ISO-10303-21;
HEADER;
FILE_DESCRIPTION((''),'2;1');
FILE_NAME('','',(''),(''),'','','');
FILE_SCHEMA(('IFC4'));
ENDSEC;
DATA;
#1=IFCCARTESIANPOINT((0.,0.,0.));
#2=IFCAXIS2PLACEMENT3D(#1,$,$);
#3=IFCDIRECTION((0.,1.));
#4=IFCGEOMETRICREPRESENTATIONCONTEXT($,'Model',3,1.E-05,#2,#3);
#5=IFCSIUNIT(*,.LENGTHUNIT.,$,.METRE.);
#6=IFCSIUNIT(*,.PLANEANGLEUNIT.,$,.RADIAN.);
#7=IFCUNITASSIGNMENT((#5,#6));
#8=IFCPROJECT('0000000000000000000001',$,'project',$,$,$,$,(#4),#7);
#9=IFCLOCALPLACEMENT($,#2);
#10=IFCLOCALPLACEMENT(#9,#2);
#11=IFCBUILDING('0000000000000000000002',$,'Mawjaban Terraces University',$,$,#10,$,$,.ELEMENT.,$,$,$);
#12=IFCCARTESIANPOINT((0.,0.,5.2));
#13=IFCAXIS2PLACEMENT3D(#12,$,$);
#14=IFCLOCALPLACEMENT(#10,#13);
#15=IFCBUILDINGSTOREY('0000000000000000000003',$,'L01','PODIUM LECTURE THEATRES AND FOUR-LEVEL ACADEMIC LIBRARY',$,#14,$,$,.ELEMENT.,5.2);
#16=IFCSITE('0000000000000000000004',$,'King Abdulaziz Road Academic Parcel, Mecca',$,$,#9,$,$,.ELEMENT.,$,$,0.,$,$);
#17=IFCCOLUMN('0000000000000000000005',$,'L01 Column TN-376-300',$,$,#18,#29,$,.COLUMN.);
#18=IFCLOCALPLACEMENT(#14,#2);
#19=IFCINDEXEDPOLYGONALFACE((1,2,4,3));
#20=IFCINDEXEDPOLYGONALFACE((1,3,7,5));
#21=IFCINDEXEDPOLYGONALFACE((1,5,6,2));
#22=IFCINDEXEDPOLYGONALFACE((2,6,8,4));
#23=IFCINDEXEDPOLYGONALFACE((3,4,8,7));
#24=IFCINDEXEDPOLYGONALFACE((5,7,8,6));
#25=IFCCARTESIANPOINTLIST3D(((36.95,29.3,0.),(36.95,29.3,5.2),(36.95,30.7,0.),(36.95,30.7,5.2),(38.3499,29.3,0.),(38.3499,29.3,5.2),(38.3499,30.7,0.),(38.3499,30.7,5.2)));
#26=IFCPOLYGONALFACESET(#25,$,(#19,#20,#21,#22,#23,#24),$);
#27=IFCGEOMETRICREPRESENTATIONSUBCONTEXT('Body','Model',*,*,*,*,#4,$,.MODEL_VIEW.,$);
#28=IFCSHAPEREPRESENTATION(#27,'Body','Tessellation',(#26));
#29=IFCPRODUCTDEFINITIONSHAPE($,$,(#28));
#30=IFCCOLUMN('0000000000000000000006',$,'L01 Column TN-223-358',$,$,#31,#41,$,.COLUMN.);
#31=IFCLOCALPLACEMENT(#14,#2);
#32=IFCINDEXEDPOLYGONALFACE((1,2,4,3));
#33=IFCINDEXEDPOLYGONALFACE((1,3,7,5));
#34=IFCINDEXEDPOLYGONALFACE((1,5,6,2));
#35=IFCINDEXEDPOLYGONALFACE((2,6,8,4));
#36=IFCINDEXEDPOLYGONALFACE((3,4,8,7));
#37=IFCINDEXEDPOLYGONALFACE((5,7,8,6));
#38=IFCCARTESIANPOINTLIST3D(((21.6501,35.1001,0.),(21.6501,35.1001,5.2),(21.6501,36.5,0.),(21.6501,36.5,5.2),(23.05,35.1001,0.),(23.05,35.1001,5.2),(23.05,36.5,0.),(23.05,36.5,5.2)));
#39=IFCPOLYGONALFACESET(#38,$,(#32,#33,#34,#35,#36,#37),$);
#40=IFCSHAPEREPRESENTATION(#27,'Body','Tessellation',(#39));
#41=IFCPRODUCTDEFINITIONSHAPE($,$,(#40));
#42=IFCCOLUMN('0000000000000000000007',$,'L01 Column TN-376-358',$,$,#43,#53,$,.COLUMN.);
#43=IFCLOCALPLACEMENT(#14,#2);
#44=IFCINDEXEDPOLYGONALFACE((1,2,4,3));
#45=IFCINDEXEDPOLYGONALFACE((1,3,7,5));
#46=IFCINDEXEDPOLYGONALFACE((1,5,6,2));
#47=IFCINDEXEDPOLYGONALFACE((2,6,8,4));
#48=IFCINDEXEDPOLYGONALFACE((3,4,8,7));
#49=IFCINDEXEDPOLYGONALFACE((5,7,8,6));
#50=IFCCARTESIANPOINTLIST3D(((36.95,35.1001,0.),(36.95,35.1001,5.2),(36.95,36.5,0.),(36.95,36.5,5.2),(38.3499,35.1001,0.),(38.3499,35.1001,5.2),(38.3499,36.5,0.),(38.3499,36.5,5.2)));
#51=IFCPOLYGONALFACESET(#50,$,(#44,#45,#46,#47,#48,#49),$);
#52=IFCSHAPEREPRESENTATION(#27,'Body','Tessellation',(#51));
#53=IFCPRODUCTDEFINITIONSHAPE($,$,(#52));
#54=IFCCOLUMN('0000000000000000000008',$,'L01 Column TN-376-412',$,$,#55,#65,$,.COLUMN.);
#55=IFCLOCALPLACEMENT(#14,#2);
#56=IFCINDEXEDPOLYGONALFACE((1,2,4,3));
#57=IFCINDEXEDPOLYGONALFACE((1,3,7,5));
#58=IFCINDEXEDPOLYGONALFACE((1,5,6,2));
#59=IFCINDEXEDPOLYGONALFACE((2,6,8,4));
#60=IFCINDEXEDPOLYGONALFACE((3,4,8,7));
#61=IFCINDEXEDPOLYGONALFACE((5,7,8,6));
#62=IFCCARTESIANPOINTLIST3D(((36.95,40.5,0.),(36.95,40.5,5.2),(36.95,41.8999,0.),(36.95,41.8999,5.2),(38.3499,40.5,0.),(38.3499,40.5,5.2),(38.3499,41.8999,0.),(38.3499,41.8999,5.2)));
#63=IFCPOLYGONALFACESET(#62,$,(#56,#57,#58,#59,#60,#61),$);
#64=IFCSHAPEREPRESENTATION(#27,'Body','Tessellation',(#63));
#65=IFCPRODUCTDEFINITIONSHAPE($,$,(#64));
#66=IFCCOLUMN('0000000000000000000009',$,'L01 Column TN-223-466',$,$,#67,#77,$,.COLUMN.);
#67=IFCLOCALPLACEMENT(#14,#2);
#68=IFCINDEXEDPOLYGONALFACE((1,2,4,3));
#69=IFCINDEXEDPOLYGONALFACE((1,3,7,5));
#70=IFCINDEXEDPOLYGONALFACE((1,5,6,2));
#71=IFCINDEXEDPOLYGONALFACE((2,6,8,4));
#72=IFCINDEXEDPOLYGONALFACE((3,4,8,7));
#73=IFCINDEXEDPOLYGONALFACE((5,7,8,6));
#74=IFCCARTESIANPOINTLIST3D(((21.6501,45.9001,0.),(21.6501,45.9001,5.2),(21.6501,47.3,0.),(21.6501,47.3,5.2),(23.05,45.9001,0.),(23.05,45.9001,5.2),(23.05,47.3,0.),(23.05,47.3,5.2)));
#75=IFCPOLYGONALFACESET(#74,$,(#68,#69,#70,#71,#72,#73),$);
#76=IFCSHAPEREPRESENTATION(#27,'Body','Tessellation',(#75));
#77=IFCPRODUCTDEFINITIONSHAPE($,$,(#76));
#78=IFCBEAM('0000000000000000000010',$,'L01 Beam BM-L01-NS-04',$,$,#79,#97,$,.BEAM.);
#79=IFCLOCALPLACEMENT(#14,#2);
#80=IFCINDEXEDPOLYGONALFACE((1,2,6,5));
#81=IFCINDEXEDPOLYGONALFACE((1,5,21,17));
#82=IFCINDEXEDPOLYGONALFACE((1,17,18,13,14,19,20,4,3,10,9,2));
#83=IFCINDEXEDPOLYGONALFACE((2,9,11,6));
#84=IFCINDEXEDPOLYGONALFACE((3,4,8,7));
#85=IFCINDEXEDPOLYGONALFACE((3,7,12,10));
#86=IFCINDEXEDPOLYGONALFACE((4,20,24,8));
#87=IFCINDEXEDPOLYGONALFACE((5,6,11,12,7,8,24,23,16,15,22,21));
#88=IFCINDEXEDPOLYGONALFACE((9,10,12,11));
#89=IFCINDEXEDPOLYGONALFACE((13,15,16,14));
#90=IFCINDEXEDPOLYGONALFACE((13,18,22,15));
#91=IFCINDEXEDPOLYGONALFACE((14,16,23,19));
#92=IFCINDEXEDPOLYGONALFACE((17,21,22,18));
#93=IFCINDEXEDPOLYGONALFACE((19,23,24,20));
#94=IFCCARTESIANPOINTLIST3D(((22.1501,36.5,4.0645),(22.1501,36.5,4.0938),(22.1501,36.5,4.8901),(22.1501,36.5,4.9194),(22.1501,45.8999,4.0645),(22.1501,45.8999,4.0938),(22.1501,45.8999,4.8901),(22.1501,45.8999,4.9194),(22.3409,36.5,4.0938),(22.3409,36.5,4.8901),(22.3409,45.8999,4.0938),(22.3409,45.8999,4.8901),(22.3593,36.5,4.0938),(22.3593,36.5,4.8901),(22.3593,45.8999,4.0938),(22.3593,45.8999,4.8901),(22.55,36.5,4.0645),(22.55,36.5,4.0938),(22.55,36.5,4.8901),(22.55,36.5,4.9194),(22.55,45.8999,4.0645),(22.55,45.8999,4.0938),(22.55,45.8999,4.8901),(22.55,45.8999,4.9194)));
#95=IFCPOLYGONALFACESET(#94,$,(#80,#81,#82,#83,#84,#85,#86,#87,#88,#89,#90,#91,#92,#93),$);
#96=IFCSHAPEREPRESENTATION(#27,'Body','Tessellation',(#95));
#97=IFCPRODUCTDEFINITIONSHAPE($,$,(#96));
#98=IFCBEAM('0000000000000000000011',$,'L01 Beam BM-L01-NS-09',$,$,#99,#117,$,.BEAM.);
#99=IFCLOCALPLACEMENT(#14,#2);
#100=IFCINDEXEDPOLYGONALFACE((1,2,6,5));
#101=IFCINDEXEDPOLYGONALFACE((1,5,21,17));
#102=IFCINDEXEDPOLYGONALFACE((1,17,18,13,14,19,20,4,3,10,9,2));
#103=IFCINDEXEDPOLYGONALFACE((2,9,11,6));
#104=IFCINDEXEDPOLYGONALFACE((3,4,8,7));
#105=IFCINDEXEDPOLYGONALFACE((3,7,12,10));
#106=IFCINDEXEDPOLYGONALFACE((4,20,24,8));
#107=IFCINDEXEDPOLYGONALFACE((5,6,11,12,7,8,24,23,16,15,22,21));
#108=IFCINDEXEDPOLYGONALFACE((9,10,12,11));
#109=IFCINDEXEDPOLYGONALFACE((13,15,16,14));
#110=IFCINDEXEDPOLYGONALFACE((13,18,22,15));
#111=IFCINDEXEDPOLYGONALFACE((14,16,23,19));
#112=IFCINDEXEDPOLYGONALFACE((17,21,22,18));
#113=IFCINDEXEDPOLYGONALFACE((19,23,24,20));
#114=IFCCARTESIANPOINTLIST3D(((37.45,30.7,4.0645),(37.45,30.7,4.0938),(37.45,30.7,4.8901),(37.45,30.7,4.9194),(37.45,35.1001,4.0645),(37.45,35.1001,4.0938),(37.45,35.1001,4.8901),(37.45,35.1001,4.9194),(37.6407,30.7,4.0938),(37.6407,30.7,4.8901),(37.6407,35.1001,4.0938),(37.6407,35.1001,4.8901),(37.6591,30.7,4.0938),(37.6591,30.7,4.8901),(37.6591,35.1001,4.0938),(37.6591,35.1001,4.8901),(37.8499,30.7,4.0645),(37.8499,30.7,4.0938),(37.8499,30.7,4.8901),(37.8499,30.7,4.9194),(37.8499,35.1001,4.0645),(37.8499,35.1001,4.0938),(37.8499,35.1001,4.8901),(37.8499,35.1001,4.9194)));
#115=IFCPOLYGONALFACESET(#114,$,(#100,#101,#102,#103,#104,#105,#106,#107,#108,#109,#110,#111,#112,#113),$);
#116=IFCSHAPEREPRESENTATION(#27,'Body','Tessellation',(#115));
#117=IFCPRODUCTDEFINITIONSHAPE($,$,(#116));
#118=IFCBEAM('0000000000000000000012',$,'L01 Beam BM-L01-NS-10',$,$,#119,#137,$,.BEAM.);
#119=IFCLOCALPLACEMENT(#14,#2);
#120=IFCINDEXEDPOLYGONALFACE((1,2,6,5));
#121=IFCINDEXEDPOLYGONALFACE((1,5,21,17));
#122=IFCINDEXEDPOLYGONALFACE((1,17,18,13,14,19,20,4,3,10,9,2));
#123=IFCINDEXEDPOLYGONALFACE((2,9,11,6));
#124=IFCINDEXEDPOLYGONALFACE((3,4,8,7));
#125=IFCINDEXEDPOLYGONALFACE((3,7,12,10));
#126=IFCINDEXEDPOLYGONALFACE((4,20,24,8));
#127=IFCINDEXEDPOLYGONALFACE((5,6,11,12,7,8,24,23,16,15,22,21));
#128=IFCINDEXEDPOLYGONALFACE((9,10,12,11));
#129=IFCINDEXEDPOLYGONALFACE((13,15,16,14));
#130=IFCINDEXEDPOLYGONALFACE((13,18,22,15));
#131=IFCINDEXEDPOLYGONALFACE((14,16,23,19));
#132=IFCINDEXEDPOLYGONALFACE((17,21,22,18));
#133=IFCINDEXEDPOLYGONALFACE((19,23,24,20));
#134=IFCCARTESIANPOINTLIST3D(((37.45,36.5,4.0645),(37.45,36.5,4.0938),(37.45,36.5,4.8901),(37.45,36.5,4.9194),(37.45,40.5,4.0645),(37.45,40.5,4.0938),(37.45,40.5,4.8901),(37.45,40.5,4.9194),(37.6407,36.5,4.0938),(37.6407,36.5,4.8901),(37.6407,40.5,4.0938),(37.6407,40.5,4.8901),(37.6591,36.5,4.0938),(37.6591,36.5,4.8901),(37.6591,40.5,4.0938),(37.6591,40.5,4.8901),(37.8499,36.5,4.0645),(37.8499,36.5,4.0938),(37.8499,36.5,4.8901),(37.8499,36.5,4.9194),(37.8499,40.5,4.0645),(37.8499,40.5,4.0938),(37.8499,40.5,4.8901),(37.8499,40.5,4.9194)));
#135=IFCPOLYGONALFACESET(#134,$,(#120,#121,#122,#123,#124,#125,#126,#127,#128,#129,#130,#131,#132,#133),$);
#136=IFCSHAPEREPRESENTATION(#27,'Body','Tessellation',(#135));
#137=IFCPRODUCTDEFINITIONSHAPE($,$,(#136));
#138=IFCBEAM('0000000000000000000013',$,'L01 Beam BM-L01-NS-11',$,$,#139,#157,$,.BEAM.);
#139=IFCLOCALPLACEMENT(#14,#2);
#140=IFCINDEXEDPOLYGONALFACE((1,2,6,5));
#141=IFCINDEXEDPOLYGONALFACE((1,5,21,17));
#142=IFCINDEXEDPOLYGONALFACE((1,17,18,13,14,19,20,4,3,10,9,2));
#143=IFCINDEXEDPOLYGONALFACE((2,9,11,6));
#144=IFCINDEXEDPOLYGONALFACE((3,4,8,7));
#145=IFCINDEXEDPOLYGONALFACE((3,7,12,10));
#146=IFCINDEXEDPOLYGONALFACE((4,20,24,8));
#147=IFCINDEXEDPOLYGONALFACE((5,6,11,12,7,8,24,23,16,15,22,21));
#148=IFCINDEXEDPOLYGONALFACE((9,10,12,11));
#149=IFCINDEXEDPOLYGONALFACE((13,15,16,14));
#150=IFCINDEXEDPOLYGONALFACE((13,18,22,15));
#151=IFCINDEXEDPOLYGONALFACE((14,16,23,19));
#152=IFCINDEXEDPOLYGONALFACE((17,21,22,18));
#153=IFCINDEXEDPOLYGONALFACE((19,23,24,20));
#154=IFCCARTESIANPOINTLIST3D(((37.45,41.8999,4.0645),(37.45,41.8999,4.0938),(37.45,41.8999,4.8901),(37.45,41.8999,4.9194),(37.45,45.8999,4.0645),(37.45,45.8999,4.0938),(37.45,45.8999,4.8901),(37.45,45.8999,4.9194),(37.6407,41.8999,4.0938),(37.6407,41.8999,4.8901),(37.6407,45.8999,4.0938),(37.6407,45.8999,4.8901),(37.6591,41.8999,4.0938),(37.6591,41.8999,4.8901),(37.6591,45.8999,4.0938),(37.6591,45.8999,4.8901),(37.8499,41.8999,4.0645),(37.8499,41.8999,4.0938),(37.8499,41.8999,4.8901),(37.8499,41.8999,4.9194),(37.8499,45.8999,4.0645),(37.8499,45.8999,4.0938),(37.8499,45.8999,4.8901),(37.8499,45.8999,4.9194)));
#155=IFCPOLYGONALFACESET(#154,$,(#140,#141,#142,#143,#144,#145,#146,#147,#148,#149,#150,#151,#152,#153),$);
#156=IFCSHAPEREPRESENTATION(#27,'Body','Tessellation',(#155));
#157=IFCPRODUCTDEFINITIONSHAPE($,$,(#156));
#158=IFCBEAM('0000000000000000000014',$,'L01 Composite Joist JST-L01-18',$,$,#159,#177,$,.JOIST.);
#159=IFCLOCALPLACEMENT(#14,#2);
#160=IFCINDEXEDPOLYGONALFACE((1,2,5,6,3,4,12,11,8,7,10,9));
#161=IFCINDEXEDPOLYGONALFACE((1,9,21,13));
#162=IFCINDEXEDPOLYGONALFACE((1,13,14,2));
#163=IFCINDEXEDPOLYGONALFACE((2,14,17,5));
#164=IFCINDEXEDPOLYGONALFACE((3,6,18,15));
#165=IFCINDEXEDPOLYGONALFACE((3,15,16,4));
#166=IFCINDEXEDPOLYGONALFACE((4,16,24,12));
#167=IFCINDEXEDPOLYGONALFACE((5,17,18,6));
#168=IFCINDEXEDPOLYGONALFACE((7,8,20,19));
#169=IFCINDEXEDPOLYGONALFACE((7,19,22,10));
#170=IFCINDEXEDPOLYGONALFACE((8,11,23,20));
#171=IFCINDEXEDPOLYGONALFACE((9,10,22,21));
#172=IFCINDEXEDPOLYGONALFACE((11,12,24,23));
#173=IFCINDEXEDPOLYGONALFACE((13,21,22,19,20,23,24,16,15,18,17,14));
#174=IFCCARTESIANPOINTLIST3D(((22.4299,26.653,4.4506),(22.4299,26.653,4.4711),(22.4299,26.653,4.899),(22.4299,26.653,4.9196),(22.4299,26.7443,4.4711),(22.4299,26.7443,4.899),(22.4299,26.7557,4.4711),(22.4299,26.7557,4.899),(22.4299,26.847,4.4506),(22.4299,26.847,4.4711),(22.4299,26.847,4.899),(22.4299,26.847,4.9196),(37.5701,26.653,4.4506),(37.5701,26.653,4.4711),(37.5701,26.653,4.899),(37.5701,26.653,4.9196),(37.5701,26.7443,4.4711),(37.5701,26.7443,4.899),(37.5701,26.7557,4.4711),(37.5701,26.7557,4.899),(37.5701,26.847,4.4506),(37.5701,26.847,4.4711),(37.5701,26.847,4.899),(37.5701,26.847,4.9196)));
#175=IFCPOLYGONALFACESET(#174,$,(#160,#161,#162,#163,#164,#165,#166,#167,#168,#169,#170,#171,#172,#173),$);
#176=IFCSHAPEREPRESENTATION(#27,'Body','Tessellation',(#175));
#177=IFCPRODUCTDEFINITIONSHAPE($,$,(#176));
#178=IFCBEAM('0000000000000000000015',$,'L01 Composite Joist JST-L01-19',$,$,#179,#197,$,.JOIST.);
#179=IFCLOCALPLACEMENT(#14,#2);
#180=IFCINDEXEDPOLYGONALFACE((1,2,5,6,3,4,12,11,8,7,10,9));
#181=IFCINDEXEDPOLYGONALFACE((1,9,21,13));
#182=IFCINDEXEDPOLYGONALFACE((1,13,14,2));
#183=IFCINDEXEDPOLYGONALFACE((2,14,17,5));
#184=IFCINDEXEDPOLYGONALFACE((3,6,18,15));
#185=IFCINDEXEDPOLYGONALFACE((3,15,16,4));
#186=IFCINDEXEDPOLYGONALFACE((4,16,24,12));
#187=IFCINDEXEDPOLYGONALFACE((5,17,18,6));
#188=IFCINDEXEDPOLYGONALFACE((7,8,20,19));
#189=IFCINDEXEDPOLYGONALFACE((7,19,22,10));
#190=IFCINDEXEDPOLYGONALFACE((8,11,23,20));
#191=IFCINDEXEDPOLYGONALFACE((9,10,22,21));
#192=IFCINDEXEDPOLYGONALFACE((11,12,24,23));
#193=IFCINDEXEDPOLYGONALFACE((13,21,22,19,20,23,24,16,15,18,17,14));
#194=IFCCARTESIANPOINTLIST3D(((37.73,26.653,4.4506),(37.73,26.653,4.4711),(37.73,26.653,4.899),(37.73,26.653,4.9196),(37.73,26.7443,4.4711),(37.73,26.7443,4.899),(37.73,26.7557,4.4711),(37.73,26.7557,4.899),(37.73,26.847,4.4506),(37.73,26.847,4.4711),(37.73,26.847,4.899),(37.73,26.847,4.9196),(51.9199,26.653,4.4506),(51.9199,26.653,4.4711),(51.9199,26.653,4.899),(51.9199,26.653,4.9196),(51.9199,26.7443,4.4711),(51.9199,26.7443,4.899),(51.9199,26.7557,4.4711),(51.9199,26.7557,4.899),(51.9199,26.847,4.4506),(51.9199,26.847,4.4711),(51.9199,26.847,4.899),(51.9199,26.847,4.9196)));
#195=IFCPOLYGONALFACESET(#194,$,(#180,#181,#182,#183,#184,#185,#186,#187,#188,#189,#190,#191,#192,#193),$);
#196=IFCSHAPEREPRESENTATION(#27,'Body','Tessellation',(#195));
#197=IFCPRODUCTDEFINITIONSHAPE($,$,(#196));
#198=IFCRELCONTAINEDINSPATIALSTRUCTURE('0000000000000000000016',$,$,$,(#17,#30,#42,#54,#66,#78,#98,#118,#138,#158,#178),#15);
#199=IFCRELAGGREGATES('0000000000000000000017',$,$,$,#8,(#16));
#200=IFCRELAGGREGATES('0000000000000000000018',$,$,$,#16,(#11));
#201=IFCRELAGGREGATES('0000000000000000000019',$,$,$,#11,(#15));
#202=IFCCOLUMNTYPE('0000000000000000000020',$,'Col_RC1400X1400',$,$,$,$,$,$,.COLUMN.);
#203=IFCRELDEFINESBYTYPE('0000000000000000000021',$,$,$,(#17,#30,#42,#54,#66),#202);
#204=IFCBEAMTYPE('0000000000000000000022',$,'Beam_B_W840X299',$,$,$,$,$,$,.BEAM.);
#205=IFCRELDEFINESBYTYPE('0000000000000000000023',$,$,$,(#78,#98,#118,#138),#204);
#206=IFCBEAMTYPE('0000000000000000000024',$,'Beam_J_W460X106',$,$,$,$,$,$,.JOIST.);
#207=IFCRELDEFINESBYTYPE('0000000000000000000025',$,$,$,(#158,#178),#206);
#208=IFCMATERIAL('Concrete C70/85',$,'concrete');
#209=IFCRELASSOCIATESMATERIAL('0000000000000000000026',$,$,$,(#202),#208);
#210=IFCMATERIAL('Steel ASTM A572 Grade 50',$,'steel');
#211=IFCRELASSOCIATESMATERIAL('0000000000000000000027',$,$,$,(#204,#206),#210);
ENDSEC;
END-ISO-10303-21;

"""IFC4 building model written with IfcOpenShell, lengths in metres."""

from ifc_helpers import new_model, si_unit, direction, frame, origin, origin_2d, place, context, subcontext, project, spatial, rectangle, i_section, extrude, material, material_profile, profile_set, type_object, element, save


model = new_model("IFC4")

# Units and contexts
model_context = context("Model", 3, precision=1e-05, world=origin(), true_north=direction((0.0, 1.0)))
body_context = subcontext(model_context, "Body", "Model", "MODEL_VIEW")
ifc_project = project(units=[si_unit("LENGTHUNIT", "METRE"), si_unit("PLANEANGLEUNIT", "RADIAN")], contexts=[model_context])

# Site, building, storey
site_placement = place(None, origin())
site = spatial("IfcSite", under=ifc_project, at=site_placement, Name="King Abdulaziz Road Academic Parcel, Mecca", CompositionType="ELEMENT", RefElevation=0.0)
building_placement = place(site_placement, origin())
building = spatial("IfcBuilding", under=site, at=building_placement, Name="Mawjaban Terraces University", CompositionType="ELEMENT")
storey_placement = place(building_placement, frame((0.0, 0.0, 5.2)))
storey = spatial("IfcBuildingStorey", under=building, at=storey_placement, Name="L01", Description="PODIUM LECTURE THEATRES AND FOUR-LEVEL ACADEMIC LIBRARY", CompositionType="ELEMENT", Elevation=5.2)

# Columns
ifc_material_1 = material(Name="Concrete C70/85", Category="concrete")
ifc_material_profile_1 = material_profile(ifc_material_1, rectangle(XDim=1.3999, YDim=1.3999, at=origin_2d()), Name="RC1400X1400")
ifc_profile_set_1 = profile_set([ifc_material_profile_1], Name="Concrete C70/85")
column_type = type_object("IfcColumnType", Name="Col_RC1400X1400", PredefinedType="COLUMN", material=ifc_profile_set_1)
for number, where, z_axis, x_axis, name in (
    (1, (37.6499, 30.0, 0.0), (0.0, 0.0, 1.0), (1.0, 0.0, 0.0), "L01 Column TN-376-300"),
    (2, (22.3501, 35.8, 0.0), (0.0, 0.0, 1.0), (1.0, 0.0, 0.0), "L01 Column TN-223-358"),
    (3, (37.6499, 35.8, 0.0), (0.0, 0.0, 1.0), (1.0, 0.0, 0.0), "L01 Column TN-376-358"),
    (4, (37.6499, 41.2, 0.0), (0.0, 0.0, 1.0), (1.0, 0.0, 0.0), "L01 Column TN-376-412"),
    (5, (22.3501, 46.6001, 0.0), (0.0, 0.0, 1.0), (1.0, 0.0, 0.0), "L01 Column TN-223-466"),
):
    element("IfcColumn", number, at=place(storey_placement, frame(where, z_axis=z_axis, x_axis=x_axis)), inside=storey, type_object=column_type, Name=name, PredefinedType="COLUMN", context=body_context, shape_type="SweptSolid", body=[
        extrude(rectangle(XDim=1.3999, YDim=1.3999, at=origin_2d()), origin(), (0.0, 0.0, 1.0), 5.2),
    ])

# Beams
ifc_material_2 = material(Name="Steel ASTM A572 Grade 50", Category="steel")
ifc_material_profile_2 = material_profile(ifc_material_2, i_section(OverallWidth=0.3999, OverallDepth=0.855, WebThickness=0.0183, FlangeThickness=0.0293, at=origin_2d()), Name="W840X299")
ifc_profile_set_2 = profile_set([ifc_material_profile_2], Name="Steel ASTM A572 Grade 50")
beam_type_1 = type_object("IfcBeamType", Name="Beam_B_W840X299", PredefinedType="BEAM", material=ifc_profile_set_2)
beam_1_placement = place(storey_placement, frame((22.3501, 36.5, 4.4919), z_axis=(0.0, 1.0, 0.0), x_axis=(-1.0, 0.0, 0.0)))
element("IfcBeam", 6, at=beam_1_placement, inside=storey, type_object=beam_type_1, Name="L01 Beam BM-L01-NS-04", PredefinedType="BEAM", context=body_context, shape_type="SweptSolid", body=[
    extrude(i_section(OverallWidth=0.3999, OverallDepth=0.855, WebThickness=0.0183, FlangeThickness=0.0293, at=origin_2d()), origin(), (0.0, 0.0, 1.0), 9.3999),
])
beam_2_placement = place(storey_placement, frame((37.6499, 30.7, 4.4919), z_axis=(0.0, 1.0, 0.0), x_axis=(-1.0, 0.0, 0.0)))
element("IfcBeam", 7, at=beam_2_placement, inside=storey, type_object=beam_type_1, Name="L01 Beam BM-L01-NS-09", PredefinedType="BEAM", context=body_context, shape_type="SweptSolid", body=[
    extrude(i_section(OverallWidth=0.3999, OverallDepth=0.855, WebThickness=0.0183, FlangeThickness=0.0293, at=origin_2d()), origin(), (0.0, 0.0, 1.0), 4.4001),
])
for number, where, z_axis, x_axis, name in (
    (8, (37.6499, 36.5, 4.4919), (0.0, 1.0, 0.0), (-1.0, 0.0, 0.0), "L01 Beam BM-L01-NS-10"),
    (9, (37.6499, 41.8999, 4.4919), (0.0, 1.0, 0.0), (-1.0, 0.0, 0.0), "L01 Beam BM-L01-NS-11"),
):
    element("IfcBeam", number, at=place(storey_placement, frame(where, z_axis=z_axis, x_axis=x_axis)), inside=storey, type_object=beam_type_1, Name=name, PredefinedType="BEAM", context=body_context, shape_type="SweptSolid", body=[
        extrude(i_section(OverallWidth=0.3999, OverallDepth=0.855, WebThickness=0.0183, FlangeThickness=0.0293, at=origin_2d()), origin(), (0.0, 0.0, 1.0), 4.0),
    ])
ifc_material_profile_3 = material_profile(ifc_material_2, i_section(OverallWidth=0.1941, OverallDepth=0.469, WebThickness=0.0115, FlangeThickness=0.0205, at=origin_2d()), Name="W460X106")
ifc_profile_set_3 = profile_set([ifc_material_profile_3], Name="Steel ASTM A572 Grade 50")
beam_type_2 = type_object("IfcBeamType", Name="Beam_J_W460X106", PredefinedType="JOIST", material=ifc_profile_set_3)
beam_3_placement = place(storey_placement, frame((22.4299, 26.75, 4.6851), z_axis=(1.0, 0.0, 0.0), x_axis=(0.0, 1.0, 0.0)))
element("IfcBeam", 10, at=beam_3_placement, inside=storey, type_object=beam_type_2, Name="L01 Composite Joist JST-L01-18", PredefinedType="JOIST", context=body_context, shape_type="SweptSolid", body=[
    extrude(i_section(OverallWidth=0.1941, OverallDepth=0.469, WebThickness=0.0115, FlangeThickness=0.0205, at=origin_2d()), origin(), (0.0, 0.0, 1.0), 15.1401),
])
beam_4_placement = place(storey_placement, frame((37.73, 26.75, 4.6851), z_axis=(1.0, 0.0, 0.0), x_axis=(0.0, 1.0, 0.0)))
element("IfcBeam", 11, at=beam_4_placement, inside=storey, type_object=beam_type_2, Name="L01 Composite Joist JST-L01-19", PredefinedType="JOIST", context=body_context, shape_type="SweptSolid", body=[
    extrude(i_section(OverallWidth=0.1941, OverallDepth=0.469, WebThickness=0.0115, FlangeThickness=0.0205, at=origin_2d()), origin(), (0.0, 0.0, 1.0), 14.1899),
])

save(model, "model.ifc")
